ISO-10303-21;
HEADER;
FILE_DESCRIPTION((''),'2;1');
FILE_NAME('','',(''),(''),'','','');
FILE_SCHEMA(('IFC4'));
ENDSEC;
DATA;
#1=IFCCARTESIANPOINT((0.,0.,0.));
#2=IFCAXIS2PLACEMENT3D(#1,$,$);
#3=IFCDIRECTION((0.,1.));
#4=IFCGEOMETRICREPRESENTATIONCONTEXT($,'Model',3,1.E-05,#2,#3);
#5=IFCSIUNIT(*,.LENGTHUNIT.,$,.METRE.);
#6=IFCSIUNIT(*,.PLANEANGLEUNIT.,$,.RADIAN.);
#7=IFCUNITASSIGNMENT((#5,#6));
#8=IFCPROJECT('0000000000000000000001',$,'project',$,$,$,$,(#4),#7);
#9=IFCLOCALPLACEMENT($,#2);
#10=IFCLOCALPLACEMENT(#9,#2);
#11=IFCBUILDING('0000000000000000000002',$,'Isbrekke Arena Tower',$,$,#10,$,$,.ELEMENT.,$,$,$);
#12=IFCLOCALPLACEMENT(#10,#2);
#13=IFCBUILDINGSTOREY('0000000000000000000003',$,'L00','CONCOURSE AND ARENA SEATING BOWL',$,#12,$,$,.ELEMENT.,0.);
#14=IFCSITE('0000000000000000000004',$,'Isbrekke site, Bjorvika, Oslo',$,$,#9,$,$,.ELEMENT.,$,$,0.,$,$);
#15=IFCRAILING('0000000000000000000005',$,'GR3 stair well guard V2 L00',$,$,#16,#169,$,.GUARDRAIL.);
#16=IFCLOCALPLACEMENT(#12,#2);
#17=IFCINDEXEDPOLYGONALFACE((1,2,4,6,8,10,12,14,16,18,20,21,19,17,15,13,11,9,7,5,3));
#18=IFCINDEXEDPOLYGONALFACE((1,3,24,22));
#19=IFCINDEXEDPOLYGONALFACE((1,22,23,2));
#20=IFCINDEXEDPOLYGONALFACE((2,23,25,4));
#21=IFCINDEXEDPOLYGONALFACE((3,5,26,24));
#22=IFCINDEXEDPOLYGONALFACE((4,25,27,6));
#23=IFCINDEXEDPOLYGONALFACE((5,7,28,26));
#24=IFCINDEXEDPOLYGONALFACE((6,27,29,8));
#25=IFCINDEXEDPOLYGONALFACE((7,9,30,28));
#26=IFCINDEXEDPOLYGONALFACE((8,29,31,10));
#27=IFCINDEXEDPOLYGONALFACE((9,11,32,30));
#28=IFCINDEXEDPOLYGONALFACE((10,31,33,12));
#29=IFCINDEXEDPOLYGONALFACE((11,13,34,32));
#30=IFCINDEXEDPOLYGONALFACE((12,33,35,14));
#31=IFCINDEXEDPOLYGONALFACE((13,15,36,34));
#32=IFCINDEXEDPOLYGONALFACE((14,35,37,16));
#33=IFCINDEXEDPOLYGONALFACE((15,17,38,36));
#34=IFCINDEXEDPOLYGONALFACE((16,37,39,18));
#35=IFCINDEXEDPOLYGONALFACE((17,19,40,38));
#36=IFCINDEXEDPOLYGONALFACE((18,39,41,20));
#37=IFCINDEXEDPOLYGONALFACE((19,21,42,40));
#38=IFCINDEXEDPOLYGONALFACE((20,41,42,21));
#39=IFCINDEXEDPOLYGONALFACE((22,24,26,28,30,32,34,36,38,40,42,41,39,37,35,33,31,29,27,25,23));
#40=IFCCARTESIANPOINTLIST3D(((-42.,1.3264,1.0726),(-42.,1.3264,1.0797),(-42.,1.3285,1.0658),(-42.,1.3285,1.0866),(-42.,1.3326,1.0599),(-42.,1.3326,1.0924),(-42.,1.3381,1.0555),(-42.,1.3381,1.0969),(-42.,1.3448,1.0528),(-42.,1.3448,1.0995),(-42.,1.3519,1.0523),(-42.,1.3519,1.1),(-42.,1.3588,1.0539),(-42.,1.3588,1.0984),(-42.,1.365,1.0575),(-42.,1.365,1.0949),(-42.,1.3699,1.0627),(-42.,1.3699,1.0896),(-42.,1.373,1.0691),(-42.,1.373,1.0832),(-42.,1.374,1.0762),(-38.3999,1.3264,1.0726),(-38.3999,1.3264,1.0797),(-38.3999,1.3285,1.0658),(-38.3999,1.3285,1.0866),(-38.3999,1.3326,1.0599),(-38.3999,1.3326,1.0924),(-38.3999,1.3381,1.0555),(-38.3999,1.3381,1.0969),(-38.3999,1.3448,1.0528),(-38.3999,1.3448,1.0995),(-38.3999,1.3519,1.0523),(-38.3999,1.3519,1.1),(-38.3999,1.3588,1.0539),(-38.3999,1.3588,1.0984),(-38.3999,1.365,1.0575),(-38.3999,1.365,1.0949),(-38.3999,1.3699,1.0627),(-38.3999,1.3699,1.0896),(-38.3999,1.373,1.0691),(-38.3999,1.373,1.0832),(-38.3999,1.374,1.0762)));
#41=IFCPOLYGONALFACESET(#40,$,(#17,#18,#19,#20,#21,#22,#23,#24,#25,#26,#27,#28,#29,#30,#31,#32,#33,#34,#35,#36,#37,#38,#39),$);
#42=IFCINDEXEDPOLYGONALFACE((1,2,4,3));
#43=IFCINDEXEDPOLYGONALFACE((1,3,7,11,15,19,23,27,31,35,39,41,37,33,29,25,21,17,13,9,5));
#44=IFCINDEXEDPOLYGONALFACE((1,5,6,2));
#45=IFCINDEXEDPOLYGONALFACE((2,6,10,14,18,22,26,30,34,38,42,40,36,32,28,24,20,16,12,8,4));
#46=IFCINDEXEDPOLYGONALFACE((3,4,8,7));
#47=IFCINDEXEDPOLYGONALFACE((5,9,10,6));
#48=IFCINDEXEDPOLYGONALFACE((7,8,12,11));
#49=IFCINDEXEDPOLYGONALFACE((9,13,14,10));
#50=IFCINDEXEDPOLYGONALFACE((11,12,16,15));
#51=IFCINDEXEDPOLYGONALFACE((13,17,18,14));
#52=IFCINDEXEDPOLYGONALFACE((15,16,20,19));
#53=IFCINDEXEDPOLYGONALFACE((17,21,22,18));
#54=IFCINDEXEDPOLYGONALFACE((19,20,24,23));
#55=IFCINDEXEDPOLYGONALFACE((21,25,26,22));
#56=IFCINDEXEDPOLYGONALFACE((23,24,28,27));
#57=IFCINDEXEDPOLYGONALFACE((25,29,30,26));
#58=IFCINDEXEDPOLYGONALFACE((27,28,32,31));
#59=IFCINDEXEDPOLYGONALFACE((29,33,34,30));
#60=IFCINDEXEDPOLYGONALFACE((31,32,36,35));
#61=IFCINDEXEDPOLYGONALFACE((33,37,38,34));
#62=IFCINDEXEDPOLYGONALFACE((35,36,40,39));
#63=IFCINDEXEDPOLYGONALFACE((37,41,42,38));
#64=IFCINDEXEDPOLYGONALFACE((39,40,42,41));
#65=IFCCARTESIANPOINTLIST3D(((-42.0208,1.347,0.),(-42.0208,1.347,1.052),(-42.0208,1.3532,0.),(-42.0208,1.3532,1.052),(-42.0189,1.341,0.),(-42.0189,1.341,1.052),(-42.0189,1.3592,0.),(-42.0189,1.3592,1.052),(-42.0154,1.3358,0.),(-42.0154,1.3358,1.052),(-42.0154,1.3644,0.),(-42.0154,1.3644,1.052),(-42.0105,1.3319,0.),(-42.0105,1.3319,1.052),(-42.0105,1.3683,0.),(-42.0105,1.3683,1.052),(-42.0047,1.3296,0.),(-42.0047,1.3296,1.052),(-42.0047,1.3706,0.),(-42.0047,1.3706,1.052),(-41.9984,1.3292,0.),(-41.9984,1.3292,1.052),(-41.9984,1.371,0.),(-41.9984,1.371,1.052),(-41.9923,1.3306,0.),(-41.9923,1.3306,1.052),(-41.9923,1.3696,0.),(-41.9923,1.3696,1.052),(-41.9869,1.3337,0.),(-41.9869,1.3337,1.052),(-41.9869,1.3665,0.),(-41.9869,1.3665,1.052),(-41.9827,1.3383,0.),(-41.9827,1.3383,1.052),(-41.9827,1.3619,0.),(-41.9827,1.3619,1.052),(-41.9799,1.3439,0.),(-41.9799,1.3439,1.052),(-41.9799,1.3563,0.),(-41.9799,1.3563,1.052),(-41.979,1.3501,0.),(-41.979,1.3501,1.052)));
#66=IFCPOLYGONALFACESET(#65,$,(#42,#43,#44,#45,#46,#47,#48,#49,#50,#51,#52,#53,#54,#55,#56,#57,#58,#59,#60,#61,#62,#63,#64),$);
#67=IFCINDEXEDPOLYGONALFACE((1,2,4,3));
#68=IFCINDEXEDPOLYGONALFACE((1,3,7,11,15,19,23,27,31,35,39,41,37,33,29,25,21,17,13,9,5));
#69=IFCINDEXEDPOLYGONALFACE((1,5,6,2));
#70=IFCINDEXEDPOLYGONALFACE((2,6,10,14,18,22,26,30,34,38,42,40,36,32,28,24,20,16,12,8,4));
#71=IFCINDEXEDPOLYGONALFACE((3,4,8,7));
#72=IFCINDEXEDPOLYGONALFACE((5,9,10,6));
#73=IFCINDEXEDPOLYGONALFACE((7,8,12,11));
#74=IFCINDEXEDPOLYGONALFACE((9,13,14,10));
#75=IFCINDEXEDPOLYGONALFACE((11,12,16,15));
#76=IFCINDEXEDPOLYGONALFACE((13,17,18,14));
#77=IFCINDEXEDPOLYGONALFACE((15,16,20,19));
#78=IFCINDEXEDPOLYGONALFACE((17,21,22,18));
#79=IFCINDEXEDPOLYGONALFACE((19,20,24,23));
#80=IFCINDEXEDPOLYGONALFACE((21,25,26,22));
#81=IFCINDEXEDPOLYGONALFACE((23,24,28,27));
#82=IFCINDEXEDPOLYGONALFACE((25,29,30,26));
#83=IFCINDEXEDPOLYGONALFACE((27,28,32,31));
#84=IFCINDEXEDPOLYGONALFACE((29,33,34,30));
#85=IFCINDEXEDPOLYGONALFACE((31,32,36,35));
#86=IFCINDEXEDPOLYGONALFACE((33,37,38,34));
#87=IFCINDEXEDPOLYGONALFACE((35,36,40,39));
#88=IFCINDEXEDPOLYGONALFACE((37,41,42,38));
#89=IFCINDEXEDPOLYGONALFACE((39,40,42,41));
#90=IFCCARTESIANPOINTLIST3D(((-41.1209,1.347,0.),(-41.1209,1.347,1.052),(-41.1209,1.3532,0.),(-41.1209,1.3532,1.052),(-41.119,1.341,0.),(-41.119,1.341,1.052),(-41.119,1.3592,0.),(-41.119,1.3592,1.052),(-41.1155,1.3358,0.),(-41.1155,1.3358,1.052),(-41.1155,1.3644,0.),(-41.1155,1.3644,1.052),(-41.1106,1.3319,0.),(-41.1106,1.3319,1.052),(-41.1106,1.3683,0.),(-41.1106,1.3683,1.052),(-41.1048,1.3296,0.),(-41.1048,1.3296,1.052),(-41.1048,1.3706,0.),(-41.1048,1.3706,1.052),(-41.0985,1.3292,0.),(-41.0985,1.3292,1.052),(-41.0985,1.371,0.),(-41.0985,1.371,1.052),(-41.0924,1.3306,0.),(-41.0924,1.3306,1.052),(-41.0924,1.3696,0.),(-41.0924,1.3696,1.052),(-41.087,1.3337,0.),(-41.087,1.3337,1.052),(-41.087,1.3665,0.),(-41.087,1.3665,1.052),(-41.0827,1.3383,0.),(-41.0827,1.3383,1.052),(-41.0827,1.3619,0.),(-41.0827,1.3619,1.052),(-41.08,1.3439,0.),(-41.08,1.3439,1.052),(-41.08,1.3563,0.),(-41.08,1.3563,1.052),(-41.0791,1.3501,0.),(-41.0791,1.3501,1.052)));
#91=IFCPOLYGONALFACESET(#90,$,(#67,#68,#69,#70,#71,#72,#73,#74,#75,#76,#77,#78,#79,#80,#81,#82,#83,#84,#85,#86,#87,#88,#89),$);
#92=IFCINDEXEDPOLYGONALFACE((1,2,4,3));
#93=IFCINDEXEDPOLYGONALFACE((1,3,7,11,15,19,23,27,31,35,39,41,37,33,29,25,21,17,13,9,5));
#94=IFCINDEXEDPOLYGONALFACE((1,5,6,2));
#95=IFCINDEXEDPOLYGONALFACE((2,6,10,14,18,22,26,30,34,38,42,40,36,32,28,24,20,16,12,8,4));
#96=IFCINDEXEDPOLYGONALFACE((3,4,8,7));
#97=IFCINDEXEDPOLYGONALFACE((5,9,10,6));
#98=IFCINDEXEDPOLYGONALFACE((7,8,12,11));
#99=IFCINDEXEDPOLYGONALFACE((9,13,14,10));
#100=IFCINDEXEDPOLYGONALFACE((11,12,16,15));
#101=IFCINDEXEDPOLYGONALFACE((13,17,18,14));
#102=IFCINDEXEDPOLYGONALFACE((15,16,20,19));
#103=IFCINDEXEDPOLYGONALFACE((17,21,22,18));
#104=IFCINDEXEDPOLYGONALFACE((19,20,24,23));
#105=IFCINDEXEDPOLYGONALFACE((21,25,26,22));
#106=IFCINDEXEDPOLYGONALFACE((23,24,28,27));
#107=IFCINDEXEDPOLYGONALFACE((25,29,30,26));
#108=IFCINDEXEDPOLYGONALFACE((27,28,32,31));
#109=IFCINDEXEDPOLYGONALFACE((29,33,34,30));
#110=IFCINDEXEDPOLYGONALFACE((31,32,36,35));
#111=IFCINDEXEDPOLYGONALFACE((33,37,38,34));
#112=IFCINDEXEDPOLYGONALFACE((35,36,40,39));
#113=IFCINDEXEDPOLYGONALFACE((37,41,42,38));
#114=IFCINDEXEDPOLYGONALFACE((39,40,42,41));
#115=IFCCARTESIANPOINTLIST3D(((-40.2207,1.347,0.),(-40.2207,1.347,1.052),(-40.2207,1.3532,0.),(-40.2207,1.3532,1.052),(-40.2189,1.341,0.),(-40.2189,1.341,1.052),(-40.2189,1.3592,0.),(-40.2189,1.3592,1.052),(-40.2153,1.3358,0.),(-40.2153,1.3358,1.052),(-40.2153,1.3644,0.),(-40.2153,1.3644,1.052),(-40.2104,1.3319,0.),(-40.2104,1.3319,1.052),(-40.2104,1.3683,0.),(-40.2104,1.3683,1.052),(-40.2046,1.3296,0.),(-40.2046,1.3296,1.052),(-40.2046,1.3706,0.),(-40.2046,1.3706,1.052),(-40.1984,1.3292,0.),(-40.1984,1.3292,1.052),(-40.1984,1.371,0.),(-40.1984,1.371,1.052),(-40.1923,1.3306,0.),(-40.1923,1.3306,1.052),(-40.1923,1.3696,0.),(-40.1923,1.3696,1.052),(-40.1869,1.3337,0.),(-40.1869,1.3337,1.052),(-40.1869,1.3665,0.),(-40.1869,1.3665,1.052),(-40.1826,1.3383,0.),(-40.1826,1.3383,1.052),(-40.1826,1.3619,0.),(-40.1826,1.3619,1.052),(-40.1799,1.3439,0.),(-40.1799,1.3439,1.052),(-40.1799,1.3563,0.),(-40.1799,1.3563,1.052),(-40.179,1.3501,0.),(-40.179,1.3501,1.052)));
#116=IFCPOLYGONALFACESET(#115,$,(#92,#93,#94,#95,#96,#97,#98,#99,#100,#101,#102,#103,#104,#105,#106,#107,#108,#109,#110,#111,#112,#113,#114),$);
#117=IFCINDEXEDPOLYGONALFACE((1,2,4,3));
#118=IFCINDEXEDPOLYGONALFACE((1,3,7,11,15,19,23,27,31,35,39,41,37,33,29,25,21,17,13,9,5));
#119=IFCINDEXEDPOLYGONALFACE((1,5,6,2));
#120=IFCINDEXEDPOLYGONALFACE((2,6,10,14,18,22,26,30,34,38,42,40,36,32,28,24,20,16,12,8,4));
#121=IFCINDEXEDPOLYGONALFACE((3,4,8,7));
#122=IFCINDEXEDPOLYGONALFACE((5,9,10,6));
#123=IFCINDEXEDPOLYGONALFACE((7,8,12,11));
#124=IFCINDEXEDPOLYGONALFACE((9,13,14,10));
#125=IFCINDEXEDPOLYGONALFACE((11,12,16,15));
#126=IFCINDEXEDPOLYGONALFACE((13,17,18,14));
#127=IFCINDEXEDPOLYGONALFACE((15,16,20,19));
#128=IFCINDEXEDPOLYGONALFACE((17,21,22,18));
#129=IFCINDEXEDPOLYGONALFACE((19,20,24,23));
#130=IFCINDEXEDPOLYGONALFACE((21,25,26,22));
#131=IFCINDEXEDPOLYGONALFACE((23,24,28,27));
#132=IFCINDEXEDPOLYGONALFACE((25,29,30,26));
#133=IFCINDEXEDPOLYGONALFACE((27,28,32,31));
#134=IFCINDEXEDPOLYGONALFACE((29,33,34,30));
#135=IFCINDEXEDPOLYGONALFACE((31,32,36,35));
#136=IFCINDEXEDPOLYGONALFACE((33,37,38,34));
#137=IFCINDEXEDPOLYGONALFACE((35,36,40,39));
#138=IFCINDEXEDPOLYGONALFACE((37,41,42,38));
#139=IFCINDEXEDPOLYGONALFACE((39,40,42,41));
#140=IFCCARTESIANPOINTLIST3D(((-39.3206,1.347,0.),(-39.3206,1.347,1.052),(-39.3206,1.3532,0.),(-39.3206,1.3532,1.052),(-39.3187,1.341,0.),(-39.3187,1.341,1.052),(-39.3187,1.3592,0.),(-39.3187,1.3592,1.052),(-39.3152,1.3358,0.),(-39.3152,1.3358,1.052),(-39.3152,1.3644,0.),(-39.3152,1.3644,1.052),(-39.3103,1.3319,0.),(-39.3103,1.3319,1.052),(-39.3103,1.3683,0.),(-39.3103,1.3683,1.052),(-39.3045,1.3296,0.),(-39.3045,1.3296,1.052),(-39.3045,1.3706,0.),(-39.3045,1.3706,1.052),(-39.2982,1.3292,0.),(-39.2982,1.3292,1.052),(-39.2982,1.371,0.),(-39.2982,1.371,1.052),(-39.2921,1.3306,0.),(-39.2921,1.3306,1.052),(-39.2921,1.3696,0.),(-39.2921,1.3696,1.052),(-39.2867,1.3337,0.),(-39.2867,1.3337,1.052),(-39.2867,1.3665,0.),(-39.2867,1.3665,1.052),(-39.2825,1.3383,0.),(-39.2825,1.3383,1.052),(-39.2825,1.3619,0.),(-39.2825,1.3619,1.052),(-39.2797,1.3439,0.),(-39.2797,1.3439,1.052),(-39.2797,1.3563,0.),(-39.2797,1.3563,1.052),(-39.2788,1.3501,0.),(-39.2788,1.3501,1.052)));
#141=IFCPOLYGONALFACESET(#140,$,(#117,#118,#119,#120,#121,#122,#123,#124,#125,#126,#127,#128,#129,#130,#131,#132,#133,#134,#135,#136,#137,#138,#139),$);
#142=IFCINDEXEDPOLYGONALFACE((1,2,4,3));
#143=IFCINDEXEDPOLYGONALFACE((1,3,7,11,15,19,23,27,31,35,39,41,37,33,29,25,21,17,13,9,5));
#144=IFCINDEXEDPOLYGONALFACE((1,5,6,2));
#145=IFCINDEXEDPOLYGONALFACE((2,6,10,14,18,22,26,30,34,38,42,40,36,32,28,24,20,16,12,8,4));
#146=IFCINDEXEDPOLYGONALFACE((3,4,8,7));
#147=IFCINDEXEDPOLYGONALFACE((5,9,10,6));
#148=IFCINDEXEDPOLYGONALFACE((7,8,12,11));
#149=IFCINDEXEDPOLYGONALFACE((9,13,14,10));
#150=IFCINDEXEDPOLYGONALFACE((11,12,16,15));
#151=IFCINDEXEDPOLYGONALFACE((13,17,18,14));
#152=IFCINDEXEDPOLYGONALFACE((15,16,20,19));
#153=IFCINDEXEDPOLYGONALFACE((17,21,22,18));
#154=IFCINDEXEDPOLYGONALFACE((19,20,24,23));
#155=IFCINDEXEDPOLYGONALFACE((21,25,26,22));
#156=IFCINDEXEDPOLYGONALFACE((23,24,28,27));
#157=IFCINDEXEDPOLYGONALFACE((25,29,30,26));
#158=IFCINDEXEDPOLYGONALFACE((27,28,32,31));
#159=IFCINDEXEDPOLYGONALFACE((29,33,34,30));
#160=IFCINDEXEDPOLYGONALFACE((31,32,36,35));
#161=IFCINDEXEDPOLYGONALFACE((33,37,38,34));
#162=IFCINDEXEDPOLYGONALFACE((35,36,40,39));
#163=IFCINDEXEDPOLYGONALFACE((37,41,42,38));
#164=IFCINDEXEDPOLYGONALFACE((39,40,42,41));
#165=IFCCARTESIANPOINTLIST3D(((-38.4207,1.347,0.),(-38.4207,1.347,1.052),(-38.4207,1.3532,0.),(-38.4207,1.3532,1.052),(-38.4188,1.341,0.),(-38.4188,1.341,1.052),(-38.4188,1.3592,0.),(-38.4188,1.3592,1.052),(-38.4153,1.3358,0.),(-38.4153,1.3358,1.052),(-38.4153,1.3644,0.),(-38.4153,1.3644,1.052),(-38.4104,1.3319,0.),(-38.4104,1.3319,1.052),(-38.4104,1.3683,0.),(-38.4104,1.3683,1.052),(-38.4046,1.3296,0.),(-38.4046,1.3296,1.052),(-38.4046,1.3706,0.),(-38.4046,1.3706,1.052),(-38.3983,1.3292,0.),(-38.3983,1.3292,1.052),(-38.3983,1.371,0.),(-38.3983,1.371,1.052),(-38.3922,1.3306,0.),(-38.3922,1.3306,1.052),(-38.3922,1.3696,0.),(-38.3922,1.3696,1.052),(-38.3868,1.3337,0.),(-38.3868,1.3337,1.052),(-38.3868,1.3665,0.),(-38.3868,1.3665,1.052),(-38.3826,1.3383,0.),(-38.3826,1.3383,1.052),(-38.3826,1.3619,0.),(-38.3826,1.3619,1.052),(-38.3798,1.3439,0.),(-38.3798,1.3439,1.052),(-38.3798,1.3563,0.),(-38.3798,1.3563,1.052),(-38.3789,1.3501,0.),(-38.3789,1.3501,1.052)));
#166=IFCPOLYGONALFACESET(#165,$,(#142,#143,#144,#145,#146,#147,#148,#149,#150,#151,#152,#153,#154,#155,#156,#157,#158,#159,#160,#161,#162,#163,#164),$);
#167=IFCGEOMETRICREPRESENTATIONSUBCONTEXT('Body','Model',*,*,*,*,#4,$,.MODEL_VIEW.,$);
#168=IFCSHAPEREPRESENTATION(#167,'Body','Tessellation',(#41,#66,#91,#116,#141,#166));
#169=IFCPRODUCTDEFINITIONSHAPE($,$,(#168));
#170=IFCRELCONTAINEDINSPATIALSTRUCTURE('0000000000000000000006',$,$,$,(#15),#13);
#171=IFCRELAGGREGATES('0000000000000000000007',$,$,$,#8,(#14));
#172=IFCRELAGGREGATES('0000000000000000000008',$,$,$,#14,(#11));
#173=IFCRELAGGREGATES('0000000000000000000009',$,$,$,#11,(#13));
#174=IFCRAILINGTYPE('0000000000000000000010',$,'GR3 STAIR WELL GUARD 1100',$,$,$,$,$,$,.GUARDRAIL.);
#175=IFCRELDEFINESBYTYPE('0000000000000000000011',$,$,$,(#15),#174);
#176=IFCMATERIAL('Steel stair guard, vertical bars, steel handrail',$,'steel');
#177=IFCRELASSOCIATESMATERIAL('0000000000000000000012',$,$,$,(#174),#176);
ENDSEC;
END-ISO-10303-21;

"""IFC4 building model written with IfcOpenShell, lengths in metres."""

from ifc_helpers import new_model, si_unit, direction, frame, origin, origin_2d, place, context, subcontext, project, spatial, circle, extrude, material, type_object, element, save


model = new_model("IFC4")

# Units and contexts
model_context = context("Model", 3, precision=1e-05, world=origin(), true_north=direction((0.0, 1.0)))
body_context = subcontext(model_context, "Body", "Model", "MODEL_VIEW")
ifc_project = project(units=[si_unit("LENGTHUNIT", "METRE"), si_unit("PLANEANGLEUNIT", "RADIAN")], contexts=[model_context])

# Site, building, storey
site_placement = place(None, origin())
site = spatial("IfcSite", under=ifc_project, at=site_placement, Name="Isbrekke site, Bjorvika, Oslo", CompositionType="ELEMENT", RefElevation=0.0)
building_placement = place(site_placement, origin())
building = spatial("IfcBuilding", under=site, at=building_placement, Name="Isbrekke Arena Tower", CompositionType="ELEMENT")
storey_placement = place(building_placement, origin())
storey = spatial("IfcBuildingStorey", under=building, at=storey_placement, Name="L00", Description="CONCOURSE AND ARENA SEATING BOWL", CompositionType="ELEMENT", Elevation=0.0)

# Railing
ifc_material_1 = material(Name="Steel stair guard, vertical bars, steel handrail", Category="steel")
railing_type_1 = type_object("IfcRailingType", Name="GR3 STAIR WELL GUARD 1100", PredefinedType="GUARDRAIL", material=ifc_material_1)
railing_1_placement = place(storey_placement, frame((-42.0, 1.3501, 0.0)))
element("IfcRailing", 1, at=railing_1_placement, inside=storey, type_object=railing_type_1, Name="GR3 stair well guard V2 L00", PredefinedType="GUARDRAIL", context=body_context, shape_type="SweptSolid", body=[
    extrude(circle(Radius=0.0239, at=origin_2d()), frame((0.0, 0.0, 1.0762), z_axis=(1.0, 0.0, 0.0), x_axis=(0.0, 1.0, 0.0)), (0.0, 0.0, 1.0), 3.6001),
    extrude(circle(Radius=0.021, at=origin_2d()), origin(), (0.0, 0.0, 1.0), 1.052),
    extrude(circle(Radius=0.021, at=origin_2d()), frame((0.8999, 0.0, 0.0)), (0.0, 0.0, 1.0), 1.052),
    extrude(circle(Radius=0.021, at=origin_2d()), frame((1.8, 0.0, 0.0)), (0.0, 0.0, 1.0), 1.052),
    extrude(circle(Radius=0.021, at=origin_2d()), frame((2.7002, 0.0, 0.0)), (0.0, 0.0, 1.0), 1.052),
    extrude(circle(Radius=0.021, at=origin_2d()), frame((3.6001, 0.0, 0.0)), (0.0, 0.0, 1.0), 1.052),
])

save(model, "model.ifc")
